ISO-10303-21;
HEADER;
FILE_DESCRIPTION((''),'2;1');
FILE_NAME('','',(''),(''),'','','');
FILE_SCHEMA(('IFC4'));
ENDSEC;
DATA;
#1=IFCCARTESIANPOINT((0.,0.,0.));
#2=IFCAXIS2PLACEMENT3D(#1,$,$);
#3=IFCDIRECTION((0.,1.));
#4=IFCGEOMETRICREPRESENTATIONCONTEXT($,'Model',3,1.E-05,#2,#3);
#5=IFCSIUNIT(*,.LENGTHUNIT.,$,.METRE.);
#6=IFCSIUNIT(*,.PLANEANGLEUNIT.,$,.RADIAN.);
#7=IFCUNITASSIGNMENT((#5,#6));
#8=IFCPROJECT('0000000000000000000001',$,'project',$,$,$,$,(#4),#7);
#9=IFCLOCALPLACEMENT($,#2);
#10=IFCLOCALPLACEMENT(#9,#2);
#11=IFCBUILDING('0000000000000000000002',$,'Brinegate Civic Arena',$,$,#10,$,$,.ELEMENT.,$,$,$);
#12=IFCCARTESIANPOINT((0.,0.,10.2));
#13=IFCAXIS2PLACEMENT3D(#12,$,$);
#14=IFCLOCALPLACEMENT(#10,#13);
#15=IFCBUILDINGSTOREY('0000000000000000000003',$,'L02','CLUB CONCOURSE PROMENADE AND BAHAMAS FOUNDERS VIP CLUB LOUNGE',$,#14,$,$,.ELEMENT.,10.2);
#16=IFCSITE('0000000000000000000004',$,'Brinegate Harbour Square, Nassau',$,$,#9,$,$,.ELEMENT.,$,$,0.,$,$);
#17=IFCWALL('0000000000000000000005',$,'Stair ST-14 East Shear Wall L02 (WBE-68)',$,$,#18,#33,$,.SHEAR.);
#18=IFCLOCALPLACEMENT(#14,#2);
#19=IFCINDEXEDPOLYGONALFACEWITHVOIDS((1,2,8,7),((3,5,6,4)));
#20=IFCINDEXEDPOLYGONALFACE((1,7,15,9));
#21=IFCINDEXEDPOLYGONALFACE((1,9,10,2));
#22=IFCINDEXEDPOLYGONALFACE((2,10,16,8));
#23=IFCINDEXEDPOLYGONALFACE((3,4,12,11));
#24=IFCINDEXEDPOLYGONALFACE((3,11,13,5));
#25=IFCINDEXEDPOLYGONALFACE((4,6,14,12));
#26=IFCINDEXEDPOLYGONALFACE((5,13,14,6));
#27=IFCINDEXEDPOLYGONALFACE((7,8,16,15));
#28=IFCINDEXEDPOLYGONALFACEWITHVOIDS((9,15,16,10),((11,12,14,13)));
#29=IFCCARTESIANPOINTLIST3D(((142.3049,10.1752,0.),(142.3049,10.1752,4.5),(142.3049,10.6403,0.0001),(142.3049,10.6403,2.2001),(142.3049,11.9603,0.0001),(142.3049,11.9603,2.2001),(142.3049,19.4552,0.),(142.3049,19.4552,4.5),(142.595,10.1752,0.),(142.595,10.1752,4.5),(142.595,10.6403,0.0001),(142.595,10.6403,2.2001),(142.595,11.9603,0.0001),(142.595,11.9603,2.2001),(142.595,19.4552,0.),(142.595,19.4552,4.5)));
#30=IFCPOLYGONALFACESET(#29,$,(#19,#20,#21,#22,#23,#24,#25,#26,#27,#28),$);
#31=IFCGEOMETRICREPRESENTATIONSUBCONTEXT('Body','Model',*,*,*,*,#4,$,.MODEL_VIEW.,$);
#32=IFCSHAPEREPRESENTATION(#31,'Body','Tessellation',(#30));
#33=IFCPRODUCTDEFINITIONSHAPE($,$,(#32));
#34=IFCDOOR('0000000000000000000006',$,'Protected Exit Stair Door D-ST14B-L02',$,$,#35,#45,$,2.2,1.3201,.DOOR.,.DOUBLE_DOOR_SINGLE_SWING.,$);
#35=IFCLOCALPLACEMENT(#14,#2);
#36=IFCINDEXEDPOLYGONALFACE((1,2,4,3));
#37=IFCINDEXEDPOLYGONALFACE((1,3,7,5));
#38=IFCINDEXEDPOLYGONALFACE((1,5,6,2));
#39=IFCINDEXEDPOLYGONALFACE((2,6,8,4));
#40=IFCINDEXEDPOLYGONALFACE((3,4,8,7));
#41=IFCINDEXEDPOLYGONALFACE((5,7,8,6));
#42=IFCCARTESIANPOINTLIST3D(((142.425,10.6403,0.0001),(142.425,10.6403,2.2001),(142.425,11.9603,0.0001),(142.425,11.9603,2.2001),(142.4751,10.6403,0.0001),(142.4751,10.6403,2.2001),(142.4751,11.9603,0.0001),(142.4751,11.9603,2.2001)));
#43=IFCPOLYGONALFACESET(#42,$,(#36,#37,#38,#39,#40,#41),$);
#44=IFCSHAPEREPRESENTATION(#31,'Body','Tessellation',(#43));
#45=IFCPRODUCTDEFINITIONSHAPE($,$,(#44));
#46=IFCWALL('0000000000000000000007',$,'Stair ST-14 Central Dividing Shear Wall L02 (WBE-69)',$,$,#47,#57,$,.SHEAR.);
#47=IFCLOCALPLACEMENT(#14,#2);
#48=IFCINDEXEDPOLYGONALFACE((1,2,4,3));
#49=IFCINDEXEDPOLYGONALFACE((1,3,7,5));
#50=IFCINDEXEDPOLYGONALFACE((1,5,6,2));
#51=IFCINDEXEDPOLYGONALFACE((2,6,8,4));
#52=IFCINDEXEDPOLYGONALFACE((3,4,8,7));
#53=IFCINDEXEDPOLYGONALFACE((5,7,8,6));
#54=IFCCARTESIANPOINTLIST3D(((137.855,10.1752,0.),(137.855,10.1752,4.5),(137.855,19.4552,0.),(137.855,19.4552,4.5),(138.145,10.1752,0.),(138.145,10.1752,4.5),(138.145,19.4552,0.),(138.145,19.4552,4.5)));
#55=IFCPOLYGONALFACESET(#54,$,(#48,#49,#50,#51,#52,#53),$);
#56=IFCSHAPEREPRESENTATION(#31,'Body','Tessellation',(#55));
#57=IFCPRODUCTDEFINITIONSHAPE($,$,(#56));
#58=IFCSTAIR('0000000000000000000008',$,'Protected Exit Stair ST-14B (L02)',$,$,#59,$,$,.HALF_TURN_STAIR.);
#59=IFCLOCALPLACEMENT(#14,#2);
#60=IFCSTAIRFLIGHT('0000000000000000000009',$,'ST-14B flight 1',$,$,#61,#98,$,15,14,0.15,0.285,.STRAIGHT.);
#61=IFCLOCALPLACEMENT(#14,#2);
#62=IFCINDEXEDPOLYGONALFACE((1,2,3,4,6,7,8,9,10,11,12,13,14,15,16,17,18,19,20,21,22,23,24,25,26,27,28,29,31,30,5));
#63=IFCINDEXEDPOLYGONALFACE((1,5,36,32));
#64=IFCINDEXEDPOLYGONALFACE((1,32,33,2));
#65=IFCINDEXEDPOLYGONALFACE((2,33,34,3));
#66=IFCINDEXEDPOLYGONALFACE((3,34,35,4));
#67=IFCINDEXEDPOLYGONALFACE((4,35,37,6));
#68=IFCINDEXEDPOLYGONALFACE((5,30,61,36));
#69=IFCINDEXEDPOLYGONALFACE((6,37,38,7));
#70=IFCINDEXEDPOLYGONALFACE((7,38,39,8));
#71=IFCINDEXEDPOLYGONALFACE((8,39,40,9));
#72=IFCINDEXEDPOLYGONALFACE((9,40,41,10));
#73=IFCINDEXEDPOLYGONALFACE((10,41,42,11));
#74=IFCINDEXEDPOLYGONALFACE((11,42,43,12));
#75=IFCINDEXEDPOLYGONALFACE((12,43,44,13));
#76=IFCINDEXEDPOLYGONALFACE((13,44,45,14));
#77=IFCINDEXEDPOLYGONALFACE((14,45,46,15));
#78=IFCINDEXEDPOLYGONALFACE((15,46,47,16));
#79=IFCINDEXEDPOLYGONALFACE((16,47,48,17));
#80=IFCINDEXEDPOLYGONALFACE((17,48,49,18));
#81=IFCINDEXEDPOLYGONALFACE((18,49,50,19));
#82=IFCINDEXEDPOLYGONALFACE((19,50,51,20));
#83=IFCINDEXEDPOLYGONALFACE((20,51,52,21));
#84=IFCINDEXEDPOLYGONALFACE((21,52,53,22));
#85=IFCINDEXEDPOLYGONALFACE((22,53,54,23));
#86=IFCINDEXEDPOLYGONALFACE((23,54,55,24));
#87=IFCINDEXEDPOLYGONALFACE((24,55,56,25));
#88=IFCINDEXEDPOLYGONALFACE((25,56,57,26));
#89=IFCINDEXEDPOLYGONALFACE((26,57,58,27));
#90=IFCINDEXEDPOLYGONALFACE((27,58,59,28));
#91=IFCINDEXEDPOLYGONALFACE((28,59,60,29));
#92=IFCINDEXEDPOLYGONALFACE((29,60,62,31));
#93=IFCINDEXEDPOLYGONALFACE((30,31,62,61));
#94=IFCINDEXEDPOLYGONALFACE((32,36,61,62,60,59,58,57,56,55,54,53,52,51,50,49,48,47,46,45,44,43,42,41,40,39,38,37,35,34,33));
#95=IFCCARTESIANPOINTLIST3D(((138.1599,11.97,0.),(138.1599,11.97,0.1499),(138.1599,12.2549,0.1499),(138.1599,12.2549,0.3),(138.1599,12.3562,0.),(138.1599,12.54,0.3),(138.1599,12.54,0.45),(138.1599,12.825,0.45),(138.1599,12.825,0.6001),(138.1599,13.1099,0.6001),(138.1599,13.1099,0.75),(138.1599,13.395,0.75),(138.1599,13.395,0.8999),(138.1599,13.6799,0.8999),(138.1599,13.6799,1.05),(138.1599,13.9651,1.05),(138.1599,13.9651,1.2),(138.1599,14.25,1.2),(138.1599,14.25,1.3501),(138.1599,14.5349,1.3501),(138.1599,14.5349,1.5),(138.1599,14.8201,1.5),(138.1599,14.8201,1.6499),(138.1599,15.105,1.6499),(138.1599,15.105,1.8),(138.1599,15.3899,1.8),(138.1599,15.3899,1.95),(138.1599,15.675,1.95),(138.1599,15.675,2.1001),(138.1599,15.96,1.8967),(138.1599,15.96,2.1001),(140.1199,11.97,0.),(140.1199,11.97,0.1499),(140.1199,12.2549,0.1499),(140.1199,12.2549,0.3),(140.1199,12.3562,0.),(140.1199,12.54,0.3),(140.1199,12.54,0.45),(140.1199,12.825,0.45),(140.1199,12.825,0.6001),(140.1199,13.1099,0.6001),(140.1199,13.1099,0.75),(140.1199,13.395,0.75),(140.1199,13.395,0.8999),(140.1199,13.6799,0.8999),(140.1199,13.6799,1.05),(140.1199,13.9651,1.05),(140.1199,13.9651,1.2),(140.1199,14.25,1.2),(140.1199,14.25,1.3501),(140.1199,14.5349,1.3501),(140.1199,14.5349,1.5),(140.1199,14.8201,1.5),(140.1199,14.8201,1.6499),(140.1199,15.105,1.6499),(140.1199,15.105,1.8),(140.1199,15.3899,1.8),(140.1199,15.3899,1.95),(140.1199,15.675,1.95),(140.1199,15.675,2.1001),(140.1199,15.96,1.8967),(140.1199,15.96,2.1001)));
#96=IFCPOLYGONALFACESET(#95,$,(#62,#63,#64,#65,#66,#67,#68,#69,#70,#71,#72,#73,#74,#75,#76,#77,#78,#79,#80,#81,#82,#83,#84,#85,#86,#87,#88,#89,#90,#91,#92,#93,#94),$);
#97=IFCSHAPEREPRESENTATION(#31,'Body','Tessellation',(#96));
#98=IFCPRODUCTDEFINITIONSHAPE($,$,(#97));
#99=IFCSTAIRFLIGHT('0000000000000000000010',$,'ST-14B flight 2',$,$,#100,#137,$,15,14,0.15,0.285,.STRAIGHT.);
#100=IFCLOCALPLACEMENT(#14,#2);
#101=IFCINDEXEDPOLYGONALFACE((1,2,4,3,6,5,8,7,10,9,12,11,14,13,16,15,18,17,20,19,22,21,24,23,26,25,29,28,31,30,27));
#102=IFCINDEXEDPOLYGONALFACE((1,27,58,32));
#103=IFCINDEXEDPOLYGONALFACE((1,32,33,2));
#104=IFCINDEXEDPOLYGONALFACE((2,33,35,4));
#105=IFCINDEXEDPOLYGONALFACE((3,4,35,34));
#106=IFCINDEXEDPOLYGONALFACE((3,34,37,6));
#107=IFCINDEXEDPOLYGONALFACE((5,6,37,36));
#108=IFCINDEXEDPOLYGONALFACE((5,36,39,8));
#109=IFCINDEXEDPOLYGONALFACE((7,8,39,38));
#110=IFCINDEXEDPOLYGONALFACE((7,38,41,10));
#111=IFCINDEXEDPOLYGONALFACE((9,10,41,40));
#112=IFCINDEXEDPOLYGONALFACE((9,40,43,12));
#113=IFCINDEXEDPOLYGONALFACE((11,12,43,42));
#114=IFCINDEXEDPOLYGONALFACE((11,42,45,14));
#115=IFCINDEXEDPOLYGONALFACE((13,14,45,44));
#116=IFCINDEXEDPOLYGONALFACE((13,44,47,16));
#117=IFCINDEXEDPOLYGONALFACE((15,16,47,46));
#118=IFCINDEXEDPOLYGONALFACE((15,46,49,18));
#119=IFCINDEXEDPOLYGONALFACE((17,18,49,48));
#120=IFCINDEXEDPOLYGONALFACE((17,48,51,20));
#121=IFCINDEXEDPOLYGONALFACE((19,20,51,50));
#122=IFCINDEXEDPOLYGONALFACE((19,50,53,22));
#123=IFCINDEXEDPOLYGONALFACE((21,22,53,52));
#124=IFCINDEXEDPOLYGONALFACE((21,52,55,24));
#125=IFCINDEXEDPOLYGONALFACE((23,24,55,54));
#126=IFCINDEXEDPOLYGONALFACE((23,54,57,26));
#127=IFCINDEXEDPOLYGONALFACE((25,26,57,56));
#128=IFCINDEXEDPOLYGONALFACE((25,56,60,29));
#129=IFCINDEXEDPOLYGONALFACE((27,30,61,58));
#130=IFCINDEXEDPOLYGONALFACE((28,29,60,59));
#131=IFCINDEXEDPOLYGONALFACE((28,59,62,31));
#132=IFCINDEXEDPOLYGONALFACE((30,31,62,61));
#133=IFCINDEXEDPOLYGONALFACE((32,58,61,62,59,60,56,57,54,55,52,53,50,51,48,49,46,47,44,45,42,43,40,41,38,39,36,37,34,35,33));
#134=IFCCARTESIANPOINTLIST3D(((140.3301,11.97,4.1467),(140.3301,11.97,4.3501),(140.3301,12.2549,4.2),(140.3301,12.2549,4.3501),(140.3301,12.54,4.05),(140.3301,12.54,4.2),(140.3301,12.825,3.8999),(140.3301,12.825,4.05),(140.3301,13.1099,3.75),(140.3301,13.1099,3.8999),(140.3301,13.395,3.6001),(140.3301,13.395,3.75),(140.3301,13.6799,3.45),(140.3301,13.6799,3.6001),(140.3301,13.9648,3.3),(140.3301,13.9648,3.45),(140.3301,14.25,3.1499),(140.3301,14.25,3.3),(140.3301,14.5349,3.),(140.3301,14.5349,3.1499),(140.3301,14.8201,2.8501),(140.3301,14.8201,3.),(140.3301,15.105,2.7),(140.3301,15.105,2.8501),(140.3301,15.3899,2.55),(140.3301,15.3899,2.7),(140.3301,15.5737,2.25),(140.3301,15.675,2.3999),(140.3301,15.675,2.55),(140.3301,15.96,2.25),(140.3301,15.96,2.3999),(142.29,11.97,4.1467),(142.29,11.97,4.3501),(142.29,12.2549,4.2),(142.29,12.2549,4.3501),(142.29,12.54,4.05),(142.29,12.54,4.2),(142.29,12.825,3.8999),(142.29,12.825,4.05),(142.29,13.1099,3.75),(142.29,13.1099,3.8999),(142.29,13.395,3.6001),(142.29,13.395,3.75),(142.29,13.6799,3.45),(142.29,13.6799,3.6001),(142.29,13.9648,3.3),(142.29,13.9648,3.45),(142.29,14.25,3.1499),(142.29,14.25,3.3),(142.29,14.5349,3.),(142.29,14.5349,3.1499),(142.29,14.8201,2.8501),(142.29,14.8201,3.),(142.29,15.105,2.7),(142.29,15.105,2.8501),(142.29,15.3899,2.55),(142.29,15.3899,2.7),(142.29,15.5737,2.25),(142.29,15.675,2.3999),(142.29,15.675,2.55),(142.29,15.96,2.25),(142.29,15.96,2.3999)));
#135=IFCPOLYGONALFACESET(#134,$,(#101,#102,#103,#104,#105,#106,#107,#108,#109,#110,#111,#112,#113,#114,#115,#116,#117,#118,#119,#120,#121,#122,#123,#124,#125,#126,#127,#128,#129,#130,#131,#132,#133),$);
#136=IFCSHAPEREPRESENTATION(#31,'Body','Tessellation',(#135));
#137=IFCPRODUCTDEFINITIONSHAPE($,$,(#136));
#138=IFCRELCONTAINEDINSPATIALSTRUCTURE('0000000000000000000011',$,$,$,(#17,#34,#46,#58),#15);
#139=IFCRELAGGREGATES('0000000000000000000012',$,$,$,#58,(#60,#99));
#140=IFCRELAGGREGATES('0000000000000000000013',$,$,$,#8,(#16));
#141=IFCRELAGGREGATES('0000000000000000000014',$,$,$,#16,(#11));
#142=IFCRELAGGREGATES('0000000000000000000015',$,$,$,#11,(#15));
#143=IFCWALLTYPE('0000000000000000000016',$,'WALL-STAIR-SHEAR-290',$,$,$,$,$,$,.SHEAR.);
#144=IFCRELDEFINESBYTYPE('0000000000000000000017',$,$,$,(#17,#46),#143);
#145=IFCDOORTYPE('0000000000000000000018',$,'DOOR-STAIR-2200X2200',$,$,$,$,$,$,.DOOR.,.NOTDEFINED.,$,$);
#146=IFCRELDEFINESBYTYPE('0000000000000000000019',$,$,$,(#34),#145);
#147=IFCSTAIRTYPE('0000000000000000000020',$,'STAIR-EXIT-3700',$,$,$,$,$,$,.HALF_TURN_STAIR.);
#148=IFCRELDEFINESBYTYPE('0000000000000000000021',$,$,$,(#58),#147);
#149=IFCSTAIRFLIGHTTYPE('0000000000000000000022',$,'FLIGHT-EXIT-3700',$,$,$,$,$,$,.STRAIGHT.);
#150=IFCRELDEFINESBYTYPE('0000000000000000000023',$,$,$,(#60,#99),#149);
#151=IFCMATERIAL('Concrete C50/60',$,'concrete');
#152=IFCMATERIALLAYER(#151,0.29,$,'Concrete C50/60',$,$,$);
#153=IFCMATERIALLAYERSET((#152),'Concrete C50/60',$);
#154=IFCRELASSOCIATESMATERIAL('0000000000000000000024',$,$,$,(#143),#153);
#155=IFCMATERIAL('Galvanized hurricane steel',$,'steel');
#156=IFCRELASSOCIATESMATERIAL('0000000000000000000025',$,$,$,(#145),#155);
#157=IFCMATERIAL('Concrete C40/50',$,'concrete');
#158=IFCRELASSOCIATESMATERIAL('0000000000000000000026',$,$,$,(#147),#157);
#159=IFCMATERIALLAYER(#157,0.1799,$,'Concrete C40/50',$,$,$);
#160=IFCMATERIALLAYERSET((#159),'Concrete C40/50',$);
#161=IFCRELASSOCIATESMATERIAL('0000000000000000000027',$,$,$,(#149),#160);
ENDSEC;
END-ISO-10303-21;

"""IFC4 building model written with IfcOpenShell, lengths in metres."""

from ifc_helpers import new_model, si_unit, direction, frame, frame_2d, origin, place, context, subcontext, project, spatial, polyline, rectangle, outline, extrude, material, layer, layer_set, type_object, element, fill, aggregate, save


model = new_model("IFC4")

# Units and contexts
model_context = context("Model", 3, precision=1e-05, world=origin(), true_north=direction((0.0, 1.0)))
body_context = subcontext(model_context, "Body", "Model", "MODEL_VIEW")
ifc_project = project(units=[si_unit("LENGTHUNIT", "METRE"), si_unit("PLANEANGLEUNIT", "RADIAN")], contexts=[model_context])

# Site, building, storey
site_placement = place(None, origin())
site = spatial("IfcSite", under=ifc_project, at=site_placement, Name="Brinegate Harbour Square, Nassau", CompositionType="ELEMENT", RefElevation=0.0)
building_placement = place(site_placement, origin())
building = spatial("IfcBuilding", under=site, at=building_placement, Name="Brinegate Civic Arena", CompositionType="ELEMENT")
storey_placement = place(building_placement, frame((0.0, 0.0, 10.2)))
storey = spatial("IfcBuildingStorey", under=building, at=storey_placement, Name="L02", Description="CLUB CONCOURSE PROMENADE AND BAHAMAS FOUNDERS VIP CLUB LOUNGE", CompositionType="ELEMENT", Elevation=10.2)

# Shared definitions
ifc_material_1 = material(Name="Concrete C50/60", Category="concrete")

# Wall, opening, door
ifc_layer_1 = layer(ifc_material_1, 0.29, Name="Concrete C50/60")
ifc_layer_set_1 = layer_set([ifc_layer_1], Name="Concrete C50/60")
wall_type_1 = type_object("IfcWallType", Name="WALL-STAIR-SHEAR-290", PredefinedType="SHEAR", material=ifc_layer_set_1)
wall_1_placement = place(storey_placement, frame((142.45, 10.175, 0.0), z_axis=(0.0, 0.0, 1.0), x_axis=(0.0, 1.0, 0.0)))
wall_1 = element("IfcWall", 1, at=wall_1_placement, inside=storey, type_object=wall_type_1, Name="Stair ST-14 East Shear Wall L02 (WBE-68)", PredefinedType="SHEAR", context=body_context, shape_type="SweptSolid", body=[
    extrude(rectangle(XDim=9.28, YDim=0.29, at=frame_2d((4.6401, 0.0))), origin(), (0.0, 0.0, 1.0), 4.5),
])
opening_1_placement = place(wall_1_placement, frame((0.4651, 0.0, 0.0)))
opening_1 = element("IfcOpeningElement", 2, at=opening_1_placement, cuts=wall_1, PredefinedType="OPENING", context=body_context, shape_type="SweptSolid", body=[
    extrude(rectangle(XDim=1.3201, YDim=2.2, at=frame_2d((0.6602, 1.1001))), frame((0.0, 0.155, 0.0), z_axis=(0.0, -1.0, 0.0), x_axis=(1.0, 0.0, 0.0)), (0.0, 0.0, 1.0), 0.3101),
])
ifc_material_2 = material(Name="Galvanized hurricane steel", Category="steel")
door_type = type_object("IfcDoorType", Name="DOOR-STAIR-2200X2200", OperationType="NOTDEFINED", PredefinedType="DOOR", material=ifc_material_2)
door_placement = place(opening_1_placement, origin())
door = element("IfcDoor", 3, at=door_placement, inside=storey, type_object=door_type, Name="Protected Exit Stair Door D-ST14B-L02", OperationType="DOUBLE_DOOR_SINGLE_SWING", OverallHeight=2.2, OverallWidth=1.3201, PredefinedType="DOOR", context=body_context, shape_type="SweptSolid", body=[
    extrude(rectangle(XDim=1.3201, YDim=2.2, at=frame_2d((0.6602, 1.1001))), frame((0.0, 0.0249, 0.0), z_axis=(0.0, -1.0, 0.0), x_axis=(1.0, 0.0, 0.0)), (0.0, 0.0, 1.0), 0.05),
])
fill(opening_1, door)

# Wall
wall_2_placement = place(storey_placement, frame((138.0, 10.175, 0.0), z_axis=(0.0, 0.0, 1.0), x_axis=(0.0, 1.0, 0.0)))
element("IfcWall", 4, at=wall_2_placement, inside=storey, type_object=wall_type_1, Name="Stair ST-14 Central Dividing Shear Wall L02 (WBE-69)", PredefinedType="SHEAR", context=body_context, shape_type="SweptSolid", body=[
    extrude(rectangle(XDim=9.28, YDim=0.29, at=frame_2d((4.6401, 0.0))), origin(), (0.0, 0.0, 1.0), 4.5),
])

# Stair, stair flights
ifc_material_3 = material(Name="Concrete C40/50", Category="concrete")
stair_type = type_object("IfcStairType", Name="STAIR-EXIT-3700", PredefinedType="HALF_TURN_STAIR", material=ifc_material_3)
stair_placement = place(storey_placement, origin())
stair = element("IfcStair", 5, at=stair_placement, inside=storey, type_object=stair_type, Name="Protected Exit Stair ST-14B (L02)", PredefinedType="HALF_TURN_STAIR")
ifc_layer_2 = layer(ifc_material_3, 0.1799, Name="Concrete C40/50")
ifc_layer_set_2 = layer_set([ifc_layer_2], Name="Concrete C40/50")
stair_flight_type = type_object("IfcStairFlightType", Name="FLIGHT-EXIT-3700", PredefinedType="STRAIGHT", material=ifc_layer_set_2)
stair_flight_1_placement = place(storey_placement, frame((139.1399, 11.97, 0.0), z_axis=(0.0, 0.0, 1.0), x_axis=(0.0, 1.0, 0.0)))
stair_flight_1 = element("IfcStairFlight", 6, at=stair_flight_1_placement, type_object=stair_flight_type, Name="ST-14B flight 1", NumberOfRisers=15, NumberOfTreads=14, PredefinedType="STRAIGHT", RiserHeight=0.15, TreadLength=0.285, context=body_context, shape_type="SweptSolid", body=[
    extrude(outline(polyline([(0.0, 0.0), (0.0, 0.1499), (0.2849, 0.1499), (0.2849, 0.3), (0.5701, 0.3), (0.5701, 0.45), (0.855, 0.45), (0.855, 0.6001), (1.1399, 0.6001), (1.1399, 0.75), (1.425, 0.75), (1.425, 0.8999), (1.71, 0.8999), (1.71, 1.05), (1.9951, 1.05), (1.9951, 1.2), (2.28, 1.2), (2.28, 1.3501), (2.5649, 1.3501), (2.5649, 1.5), (2.8501, 1.5), (2.8501, 1.6499), (3.135, 1.6499), (3.135, 1.8), (3.4199, 1.8), (3.4199, 1.95), (3.7051, 1.95), (3.7051, 2.1001), (3.99, 2.1001), (3.99, 2.25), (3.99, 1.8967), (0.3862, 0.0), (0.0, 0.0)])), frame((0.0, 0.98, 0.0), z_axis=(0.0, -1.0, 0.0), x_axis=(1.0, 0.0, 0.0)), (0.0, 0.0, 1.0), 1.96),
])
stair_flight_2_placement = place(storey_placement, frame((141.3101, 15.96, 2.25), z_axis=(0.0, 0.0, 1.0), x_axis=(0.0, -1.0, 0.0)))
stair_flight_2 = element("IfcStairFlight", 7, at=stair_flight_2_placement, type_object=stair_flight_type, Name="ST-14B flight 2", NumberOfRisers=15, NumberOfTreads=14, PredefinedType="STRAIGHT", RiserHeight=0.15, TreadLength=0.285, context=body_context, shape_type="SweptSolid", body=[
    extrude(outline(polyline([(0.0, 0.0), (0.0, 0.1499), (0.2849, 0.1499), (0.2849, 0.3), (0.5701, 0.3), (0.5701, 0.45), (0.855, 0.45), (0.855, 0.6001), (1.1399, 0.6001), (1.1399, 0.75), (1.425, 0.75), (1.425, 0.8999), (1.71, 0.8999), (1.71, 1.05), (1.9951, 1.05), (1.9951, 1.2), (2.28, 1.2), (2.28, 1.3501), (2.5649, 1.3501), (2.5649, 1.5), (2.8501, 1.5), (2.8501, 1.6499), (3.135, 1.6499), (3.135, 1.8), (3.4199, 1.8), (3.4199, 1.95), (3.7051, 1.95), (3.7051, 2.1001), (3.99, 2.1001), (3.99, 2.25), (3.99, 1.8967), (0.3862, 0.0), (0.0, 0.0)])), frame((0.0, 0.98, 0.0), z_axis=(0.0, -1.0, 0.0), x_axis=(1.0, 0.0, 0.0)), (0.0, 0.0, 1.0), 1.96),
])
aggregate(stair, [stair_flight_1, stair_flight_2])

save(model, "model.ifc")
